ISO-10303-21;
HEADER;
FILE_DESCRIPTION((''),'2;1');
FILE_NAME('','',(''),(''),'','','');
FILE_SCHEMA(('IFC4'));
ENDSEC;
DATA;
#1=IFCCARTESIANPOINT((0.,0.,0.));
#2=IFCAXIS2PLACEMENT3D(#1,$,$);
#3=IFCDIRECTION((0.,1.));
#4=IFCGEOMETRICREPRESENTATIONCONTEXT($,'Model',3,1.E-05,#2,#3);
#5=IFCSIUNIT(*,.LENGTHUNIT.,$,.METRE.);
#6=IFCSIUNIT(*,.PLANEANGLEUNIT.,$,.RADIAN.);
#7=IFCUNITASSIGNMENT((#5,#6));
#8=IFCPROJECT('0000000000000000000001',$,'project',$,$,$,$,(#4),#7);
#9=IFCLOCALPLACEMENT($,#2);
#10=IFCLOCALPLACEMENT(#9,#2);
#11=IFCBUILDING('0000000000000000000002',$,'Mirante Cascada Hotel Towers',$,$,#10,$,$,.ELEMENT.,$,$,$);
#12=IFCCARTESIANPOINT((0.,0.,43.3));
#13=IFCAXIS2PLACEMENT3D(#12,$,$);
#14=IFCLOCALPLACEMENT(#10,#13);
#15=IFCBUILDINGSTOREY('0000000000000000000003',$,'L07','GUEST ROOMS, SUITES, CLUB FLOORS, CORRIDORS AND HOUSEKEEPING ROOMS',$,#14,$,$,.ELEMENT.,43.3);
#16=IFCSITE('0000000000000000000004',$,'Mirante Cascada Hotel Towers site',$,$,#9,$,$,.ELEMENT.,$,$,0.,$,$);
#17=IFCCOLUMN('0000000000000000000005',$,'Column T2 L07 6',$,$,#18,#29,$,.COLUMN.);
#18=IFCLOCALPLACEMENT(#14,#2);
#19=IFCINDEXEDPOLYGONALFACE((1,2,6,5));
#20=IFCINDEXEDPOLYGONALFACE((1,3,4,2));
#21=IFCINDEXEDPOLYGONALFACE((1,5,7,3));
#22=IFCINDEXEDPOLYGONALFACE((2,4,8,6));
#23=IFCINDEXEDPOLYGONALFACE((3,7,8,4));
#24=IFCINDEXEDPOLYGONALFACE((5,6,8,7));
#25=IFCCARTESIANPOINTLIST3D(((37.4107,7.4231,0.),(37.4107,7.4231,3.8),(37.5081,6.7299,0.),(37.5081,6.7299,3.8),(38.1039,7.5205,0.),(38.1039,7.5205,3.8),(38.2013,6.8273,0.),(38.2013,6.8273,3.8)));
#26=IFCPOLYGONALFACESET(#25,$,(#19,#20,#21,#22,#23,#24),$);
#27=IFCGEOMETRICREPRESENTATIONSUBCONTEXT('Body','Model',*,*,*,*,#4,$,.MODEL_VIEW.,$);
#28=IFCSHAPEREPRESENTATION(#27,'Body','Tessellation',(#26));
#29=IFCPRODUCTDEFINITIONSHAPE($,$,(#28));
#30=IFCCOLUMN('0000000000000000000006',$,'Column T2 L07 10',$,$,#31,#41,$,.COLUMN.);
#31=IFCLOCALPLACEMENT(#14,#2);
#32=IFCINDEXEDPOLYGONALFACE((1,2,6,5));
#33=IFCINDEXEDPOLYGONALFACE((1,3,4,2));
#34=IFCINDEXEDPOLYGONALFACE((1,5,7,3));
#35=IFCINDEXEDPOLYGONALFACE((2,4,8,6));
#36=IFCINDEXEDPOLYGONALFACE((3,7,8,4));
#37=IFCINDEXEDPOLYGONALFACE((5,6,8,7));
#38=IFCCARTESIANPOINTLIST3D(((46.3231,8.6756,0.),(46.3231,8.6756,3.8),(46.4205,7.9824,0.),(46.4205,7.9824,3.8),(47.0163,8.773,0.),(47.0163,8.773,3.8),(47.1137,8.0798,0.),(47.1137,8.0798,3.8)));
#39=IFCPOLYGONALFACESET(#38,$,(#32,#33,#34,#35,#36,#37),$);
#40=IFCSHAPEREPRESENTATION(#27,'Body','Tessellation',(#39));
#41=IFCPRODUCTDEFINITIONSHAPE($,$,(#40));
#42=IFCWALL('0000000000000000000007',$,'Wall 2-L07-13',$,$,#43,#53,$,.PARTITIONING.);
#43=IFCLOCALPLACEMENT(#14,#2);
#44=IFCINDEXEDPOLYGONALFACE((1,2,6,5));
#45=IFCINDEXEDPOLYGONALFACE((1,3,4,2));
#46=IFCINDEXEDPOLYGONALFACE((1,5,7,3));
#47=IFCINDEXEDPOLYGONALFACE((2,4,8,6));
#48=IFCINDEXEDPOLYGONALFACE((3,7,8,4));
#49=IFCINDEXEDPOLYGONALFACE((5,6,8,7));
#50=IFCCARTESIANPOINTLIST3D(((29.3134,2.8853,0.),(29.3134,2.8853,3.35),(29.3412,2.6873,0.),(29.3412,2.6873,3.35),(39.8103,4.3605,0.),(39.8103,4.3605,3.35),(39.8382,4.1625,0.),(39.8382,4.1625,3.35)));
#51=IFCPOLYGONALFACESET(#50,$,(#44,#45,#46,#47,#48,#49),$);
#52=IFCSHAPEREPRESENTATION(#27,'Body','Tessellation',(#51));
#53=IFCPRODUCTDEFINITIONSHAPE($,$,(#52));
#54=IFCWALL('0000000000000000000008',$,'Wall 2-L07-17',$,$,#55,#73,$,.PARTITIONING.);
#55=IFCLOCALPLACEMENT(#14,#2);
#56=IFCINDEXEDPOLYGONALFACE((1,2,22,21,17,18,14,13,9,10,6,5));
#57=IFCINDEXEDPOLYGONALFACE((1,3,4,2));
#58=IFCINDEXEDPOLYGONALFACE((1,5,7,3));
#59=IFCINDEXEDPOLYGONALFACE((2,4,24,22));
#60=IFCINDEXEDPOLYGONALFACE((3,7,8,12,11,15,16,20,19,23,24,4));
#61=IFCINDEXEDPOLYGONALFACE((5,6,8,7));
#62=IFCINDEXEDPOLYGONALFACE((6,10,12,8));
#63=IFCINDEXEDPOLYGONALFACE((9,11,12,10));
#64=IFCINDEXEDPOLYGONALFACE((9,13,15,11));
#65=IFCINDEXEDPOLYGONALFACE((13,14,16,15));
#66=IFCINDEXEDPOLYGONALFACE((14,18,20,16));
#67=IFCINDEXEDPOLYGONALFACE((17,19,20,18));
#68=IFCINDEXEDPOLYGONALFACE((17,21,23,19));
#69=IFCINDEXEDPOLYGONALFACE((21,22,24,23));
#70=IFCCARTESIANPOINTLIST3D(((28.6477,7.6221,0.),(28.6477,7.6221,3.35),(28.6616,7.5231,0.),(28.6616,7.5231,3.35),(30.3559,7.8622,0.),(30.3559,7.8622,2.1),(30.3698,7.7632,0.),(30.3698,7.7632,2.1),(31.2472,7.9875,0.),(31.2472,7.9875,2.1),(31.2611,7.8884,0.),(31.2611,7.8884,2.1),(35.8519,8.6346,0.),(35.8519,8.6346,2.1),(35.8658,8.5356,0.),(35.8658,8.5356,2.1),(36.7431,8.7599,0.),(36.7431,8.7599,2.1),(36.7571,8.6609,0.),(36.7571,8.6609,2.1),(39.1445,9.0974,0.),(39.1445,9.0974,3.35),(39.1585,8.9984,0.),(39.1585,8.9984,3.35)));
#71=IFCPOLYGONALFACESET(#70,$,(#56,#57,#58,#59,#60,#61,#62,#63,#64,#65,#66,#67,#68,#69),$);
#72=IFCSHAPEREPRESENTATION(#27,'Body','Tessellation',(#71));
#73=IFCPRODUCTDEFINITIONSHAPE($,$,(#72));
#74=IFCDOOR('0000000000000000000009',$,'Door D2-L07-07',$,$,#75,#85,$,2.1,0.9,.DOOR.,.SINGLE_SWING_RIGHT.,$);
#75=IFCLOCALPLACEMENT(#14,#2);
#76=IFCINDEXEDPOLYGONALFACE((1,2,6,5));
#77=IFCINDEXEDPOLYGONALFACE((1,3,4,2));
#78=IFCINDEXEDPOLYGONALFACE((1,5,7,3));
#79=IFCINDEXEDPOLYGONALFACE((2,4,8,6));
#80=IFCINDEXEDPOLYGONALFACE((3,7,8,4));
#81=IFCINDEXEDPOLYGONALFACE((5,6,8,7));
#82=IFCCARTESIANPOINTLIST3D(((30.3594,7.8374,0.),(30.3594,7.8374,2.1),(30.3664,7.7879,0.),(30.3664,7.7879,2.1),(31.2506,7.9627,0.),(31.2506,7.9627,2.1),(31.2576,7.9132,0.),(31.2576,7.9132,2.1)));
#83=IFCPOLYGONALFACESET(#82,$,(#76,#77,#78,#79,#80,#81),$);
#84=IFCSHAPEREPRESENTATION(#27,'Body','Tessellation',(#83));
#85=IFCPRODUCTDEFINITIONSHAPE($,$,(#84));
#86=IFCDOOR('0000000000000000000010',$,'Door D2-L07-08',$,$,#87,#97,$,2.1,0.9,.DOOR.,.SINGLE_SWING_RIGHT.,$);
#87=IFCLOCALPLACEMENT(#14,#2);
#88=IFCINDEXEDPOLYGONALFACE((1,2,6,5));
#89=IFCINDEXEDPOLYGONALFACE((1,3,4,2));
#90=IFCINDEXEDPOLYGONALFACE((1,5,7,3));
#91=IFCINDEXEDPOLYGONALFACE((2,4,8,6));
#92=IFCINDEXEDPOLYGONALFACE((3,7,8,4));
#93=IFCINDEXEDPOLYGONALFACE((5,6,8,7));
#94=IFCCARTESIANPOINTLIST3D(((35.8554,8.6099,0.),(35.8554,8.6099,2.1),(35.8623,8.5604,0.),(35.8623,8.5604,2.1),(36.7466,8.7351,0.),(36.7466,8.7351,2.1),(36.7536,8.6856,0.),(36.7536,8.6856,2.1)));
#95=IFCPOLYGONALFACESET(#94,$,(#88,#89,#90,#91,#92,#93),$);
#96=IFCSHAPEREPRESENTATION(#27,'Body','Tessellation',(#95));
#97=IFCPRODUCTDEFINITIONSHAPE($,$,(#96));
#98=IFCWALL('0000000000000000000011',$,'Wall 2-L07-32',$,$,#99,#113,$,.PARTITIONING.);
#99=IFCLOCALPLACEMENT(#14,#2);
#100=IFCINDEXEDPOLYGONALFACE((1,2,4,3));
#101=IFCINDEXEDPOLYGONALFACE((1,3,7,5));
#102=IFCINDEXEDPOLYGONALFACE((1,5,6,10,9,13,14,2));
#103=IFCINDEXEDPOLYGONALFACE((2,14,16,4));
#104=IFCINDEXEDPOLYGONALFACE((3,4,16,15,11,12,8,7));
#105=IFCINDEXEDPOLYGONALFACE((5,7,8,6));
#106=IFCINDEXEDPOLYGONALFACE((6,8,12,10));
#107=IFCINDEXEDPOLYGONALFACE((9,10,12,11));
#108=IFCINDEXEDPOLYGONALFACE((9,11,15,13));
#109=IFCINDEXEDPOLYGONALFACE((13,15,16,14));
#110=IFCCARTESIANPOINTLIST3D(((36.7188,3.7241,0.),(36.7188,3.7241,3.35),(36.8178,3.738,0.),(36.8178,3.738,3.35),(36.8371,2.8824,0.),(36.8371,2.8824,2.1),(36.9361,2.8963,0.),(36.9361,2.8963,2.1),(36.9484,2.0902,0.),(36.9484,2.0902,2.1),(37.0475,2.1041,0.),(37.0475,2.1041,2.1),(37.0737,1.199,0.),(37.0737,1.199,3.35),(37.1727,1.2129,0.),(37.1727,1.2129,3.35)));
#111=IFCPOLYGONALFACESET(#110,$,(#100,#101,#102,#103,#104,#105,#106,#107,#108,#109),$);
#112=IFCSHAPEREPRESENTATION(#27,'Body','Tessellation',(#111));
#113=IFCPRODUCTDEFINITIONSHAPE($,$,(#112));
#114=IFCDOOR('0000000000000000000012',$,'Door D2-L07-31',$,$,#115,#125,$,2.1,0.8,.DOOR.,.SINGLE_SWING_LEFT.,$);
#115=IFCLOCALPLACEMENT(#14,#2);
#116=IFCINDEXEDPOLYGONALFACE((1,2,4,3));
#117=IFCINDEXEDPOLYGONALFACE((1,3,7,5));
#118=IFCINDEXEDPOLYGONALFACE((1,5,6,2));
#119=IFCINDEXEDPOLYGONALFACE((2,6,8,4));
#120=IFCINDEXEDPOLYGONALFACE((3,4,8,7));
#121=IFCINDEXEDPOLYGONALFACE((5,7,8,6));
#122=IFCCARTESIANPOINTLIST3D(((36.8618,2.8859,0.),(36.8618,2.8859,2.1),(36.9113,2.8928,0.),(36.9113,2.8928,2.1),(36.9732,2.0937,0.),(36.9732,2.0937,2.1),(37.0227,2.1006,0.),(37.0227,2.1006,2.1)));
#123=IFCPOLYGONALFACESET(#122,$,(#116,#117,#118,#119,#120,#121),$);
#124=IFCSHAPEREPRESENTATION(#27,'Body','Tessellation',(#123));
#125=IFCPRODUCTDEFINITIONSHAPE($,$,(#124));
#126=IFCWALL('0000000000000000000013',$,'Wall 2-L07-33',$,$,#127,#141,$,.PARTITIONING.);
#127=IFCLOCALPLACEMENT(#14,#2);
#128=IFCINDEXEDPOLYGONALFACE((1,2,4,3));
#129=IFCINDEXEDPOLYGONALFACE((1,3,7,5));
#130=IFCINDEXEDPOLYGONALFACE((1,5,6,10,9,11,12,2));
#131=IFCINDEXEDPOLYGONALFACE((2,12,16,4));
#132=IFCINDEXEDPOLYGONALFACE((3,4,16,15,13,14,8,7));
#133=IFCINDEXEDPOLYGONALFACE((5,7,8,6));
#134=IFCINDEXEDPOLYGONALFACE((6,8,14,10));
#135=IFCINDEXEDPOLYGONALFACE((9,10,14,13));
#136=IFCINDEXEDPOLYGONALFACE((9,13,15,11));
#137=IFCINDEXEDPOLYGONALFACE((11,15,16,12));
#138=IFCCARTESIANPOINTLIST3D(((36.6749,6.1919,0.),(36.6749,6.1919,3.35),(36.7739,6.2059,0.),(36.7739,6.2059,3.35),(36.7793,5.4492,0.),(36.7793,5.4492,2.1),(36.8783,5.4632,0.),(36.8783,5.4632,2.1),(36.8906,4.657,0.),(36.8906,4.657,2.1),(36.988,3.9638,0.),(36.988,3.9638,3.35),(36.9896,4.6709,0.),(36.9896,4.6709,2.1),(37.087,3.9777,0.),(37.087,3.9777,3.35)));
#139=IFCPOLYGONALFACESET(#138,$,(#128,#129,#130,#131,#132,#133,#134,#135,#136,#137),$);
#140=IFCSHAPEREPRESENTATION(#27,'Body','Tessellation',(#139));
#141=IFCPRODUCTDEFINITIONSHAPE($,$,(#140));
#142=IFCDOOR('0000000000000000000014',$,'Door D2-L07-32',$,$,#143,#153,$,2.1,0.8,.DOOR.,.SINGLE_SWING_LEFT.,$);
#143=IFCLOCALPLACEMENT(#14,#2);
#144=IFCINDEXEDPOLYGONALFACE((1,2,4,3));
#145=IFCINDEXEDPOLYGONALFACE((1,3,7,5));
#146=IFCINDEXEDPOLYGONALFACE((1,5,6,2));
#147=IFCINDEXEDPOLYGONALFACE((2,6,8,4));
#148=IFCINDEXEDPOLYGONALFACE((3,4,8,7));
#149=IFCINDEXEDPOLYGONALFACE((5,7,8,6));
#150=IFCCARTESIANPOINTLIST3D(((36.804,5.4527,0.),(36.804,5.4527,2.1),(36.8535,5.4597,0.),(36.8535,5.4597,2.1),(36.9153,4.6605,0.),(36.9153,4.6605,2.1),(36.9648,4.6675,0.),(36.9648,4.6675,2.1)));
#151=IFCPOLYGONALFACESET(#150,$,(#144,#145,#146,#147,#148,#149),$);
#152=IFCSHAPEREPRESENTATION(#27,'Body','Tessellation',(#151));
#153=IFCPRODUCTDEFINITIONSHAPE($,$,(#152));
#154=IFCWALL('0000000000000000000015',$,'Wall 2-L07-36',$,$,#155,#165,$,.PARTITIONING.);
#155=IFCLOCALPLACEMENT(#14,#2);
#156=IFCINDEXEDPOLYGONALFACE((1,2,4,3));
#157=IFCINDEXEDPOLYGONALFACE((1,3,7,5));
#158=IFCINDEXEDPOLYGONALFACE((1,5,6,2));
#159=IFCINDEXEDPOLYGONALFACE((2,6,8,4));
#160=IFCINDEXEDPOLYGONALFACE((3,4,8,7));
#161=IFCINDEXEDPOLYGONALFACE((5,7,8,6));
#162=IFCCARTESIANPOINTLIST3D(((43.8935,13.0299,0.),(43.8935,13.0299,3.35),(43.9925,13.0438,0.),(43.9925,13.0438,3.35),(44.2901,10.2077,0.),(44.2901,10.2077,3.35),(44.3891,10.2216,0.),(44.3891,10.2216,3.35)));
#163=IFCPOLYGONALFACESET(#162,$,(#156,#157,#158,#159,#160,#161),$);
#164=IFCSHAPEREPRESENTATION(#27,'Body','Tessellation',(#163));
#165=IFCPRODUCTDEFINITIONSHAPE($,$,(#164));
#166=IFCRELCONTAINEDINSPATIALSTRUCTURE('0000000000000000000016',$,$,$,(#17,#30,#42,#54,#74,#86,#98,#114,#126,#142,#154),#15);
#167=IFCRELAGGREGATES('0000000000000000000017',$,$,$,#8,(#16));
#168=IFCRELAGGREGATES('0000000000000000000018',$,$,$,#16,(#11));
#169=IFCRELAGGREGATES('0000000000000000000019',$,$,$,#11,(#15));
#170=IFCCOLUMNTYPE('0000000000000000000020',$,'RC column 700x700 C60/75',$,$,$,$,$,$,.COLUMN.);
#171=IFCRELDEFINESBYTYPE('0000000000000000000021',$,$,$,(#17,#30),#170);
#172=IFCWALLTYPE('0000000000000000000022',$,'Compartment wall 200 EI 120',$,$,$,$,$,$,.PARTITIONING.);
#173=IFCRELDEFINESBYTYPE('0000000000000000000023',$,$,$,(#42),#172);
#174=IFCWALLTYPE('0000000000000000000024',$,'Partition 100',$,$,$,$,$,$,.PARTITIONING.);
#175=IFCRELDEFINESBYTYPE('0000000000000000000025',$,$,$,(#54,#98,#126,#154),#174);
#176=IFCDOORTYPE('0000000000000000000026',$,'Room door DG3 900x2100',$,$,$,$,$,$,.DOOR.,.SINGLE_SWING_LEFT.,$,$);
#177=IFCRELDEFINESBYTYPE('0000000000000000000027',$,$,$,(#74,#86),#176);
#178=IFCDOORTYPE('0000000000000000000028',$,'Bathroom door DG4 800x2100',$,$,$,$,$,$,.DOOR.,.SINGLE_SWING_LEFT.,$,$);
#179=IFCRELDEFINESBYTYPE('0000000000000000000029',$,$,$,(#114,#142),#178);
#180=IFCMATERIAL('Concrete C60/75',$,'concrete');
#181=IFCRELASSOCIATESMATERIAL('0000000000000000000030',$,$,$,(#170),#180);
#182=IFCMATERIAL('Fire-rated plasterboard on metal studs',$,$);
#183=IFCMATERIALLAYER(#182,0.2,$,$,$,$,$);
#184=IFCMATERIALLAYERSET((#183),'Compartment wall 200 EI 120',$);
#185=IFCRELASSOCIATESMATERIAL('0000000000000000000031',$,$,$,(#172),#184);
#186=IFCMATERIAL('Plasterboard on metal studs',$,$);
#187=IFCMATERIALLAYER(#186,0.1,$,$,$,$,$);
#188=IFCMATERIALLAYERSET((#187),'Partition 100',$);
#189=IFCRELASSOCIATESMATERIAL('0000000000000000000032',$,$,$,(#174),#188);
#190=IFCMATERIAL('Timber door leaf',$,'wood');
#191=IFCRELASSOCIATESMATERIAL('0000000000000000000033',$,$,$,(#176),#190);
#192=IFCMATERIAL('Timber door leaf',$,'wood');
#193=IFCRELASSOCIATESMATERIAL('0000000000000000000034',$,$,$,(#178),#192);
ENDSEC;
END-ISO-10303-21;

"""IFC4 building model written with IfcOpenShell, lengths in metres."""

from ifc_helpers import new_model, si_unit, direction, frame, frame_2d, origin, origin_2d, place, context, subcontext, project, spatial, rectangle, extrude, material, layer, layer_set, material_profile, profile_set, type_object, element, fill, save


model = new_model("IFC4")

# Units and contexts
model_context = context("Model", 3, precision=1e-05, world=origin(), true_north=direction((0.0, 1.0)))
body_context = subcontext(model_context, "Body", "Model", "MODEL_VIEW")
ifc_project = project(units=[si_unit("LENGTHUNIT", "METRE"), si_unit("PLANEANGLEUNIT", "RADIAN")], contexts=[model_context])

# Site, building, storey
site_placement = place(None, origin())
site = spatial("IfcSite", under=ifc_project, at=site_placement, Name="Mirante Cascada Hotel Towers site", CompositionType="ELEMENT", RefElevation=0.0)
building_placement = place(site_placement, origin())
building = spatial("IfcBuilding", under=site, at=building_placement, Name="Mirante Cascada Hotel Towers", CompositionType="ELEMENT")
storey_placement = place(building_placement, frame((0.0, 0.0, 43.3)))
storey = spatial("IfcBuildingStorey", under=building, at=storey_placement, Name="L07", Description="GUEST ROOMS, SUITES, CLUB FLOORS, CORRIDORS AND HOUSEKEEPING ROOMS", CompositionType="ELEMENT", Elevation=43.3)

# Columns
ifc_material_1 = material(Name="Concrete C60/75", Category="concrete")
ifc_material_profile = material_profile(ifc_material_1, rectangle(XDim=0.7, YDim=0.7, at=origin_2d()), Name="RC column 700x700 C60/75")
ifc_profile_set = profile_set([ifc_material_profile], Name="Concrete C60/75")
column_type = type_object("IfcColumnType", Name="RC column 700x700 C60/75", PredefinedType="COLUMN", material=ifc_profile_set)
for number, where, z_axis, x_axis, name in (
    (1, (37.806, 7.1252, 0.0), (0.0, 0.0, 1.0), (0.990268, 0.139173, 0.0), "Column T2 L07 6"),
    (2, (46.7184, 8.3777, 0.0), (0.0, 0.0, 1.0), (0.990268, 0.139173, 0.0), "Column T2 L07 10"),
):
    element("IfcColumn", number, at=place(storey_placement, frame(where, z_axis=z_axis, x_axis=x_axis)), inside=storey, type_object=column_type, Name=name, PredefinedType="COLUMN", context=body_context, shape_type="SweptSolid", body=[
        extrude(rectangle(XDim=0.7, YDim=0.7, at=origin_2d()), origin(), (0.0, 0.0, 1.0), 3.8),
    ])

# Wall
ifc_material_2 = material(Name="Fire-rated plasterboard on metal studs")
ifc_layer_1 = layer(ifc_material_2, 0.2)
ifc_layer_set_1 = layer_set([ifc_layer_1], Name="Compartment wall 200 EI 120")
wall_type_1 = type_object("IfcWallType", Name="Compartment wall 200 EI 120", PredefinedType="PARTITIONING", material=ifc_layer_set_1)
wall_1_placement = place(storey_placement, frame((39.8242, 4.2615, 0.0), z_axis=(0.0, 0.0, 1.0), x_axis=(-0.990269, -0.139169, 0.0)))
element("IfcWall", 3, at=wall_1_placement, inside=storey, type_object=wall_type_1, Name="Wall 2-L07-13", PredefinedType="PARTITIONING", context=body_context, shape_type="SweptSolid", body=[
    extrude(rectangle(XDim=10.6001, YDim=0.2, at=frame_2d((5.3, 0.0))), origin(), (0.0, 0.0, 1.0), 3.35),
])

# Wall, openings, doors
ifc_material_3 = material(Name="Plasterboard on metal studs")
ifc_layer_2 = layer(ifc_material_3, 0.1)
ifc_layer_set_2 = layer_set([ifc_layer_2], Name="Partition 100")
wall_type_2 = type_object("IfcWallType", Name="Partition 100", PredefinedType="PARTITIONING", material=ifc_layer_set_2)
wall_2_placement = place(storey_placement, frame((39.1515, 9.0479, 0.0), z_axis=(0.0, 0.0, 1.0), x_axis=(-0.990267, -0.13918, 0.0)))
wall_2 = element("IfcWall", 4, at=wall_2_placement, inside=storey, type_object=wall_type_2, Name="Wall 2-L07-17", PredefinedType="PARTITIONING", context=body_context, shape_type="SweptSolid", body=[
    extrude(rectangle(XDim=10.6, YDim=0.1, at=frame_2d((5.3, 0.0))), origin(), (0.0, 0.0, 1.0), 3.35),
])
opening_1_placement = place(wall_2_placement, frame((7.975, 0.0, 0.0)))
opening_1 = element("IfcOpeningElement", 5, at=opening_1_placement, cuts=wall_2, PredefinedType="OPENING", context=body_context, shape_type="SweptSolid", body=[
    extrude(rectangle(XDim=0.9, YDim=2.1, at=frame_2d((0.45, 1.05))), frame((0.0, 0.05, 0.0), z_axis=(0.0, -1.0, 0.0), x_axis=(1.0, 0.0, 0.0)), (0.0, 0.0, 1.0), 0.1),
])
opening_2_placement = place(wall_2_placement, frame((2.425, 0.0, 0.0)))
opening_2 = element("IfcOpeningElement", 6, at=opening_2_placement, cuts=wall_2, PredefinedType="OPENING", context=body_context, shape_type="SweptSolid", body=[
    extrude(rectangle(XDim=0.9, YDim=2.1, at=frame_2d((0.45, 1.05))), frame((0.0, 0.05, 0.0), z_axis=(0.0, -1.0, 0.0), x_axis=(1.0, 0.0, 0.0)), (0.0, 0.0, 1.0), 0.1),
])
ifc_material_4 = material(Name="Timber door leaf", Category="wood")
door_type_1 = type_object("IfcDoorType", Name="Room door DG3 900x2100", OperationType="SINGLE_SWING_LEFT", PredefinedType="DOOR", material=ifc_material_4)
door_1_placement = place(opening_1_placement, frame((0.9, 0.0, 0.0), z_axis=(0.0, 0.0, 1.0), x_axis=(-1.0, 0.0, 0.0)))
door_1 = element("IfcDoor", 7, at=door_1_placement, inside=storey, type_object=door_type_1, Name="Door D2-L07-07", OperationType="SINGLE_SWING_RIGHT", OverallHeight=2.1, OverallWidth=0.9, PredefinedType="DOOR", context=body_context, shape_type="SweptSolid", body=[
    extrude(rectangle(XDim=0.9, YDim=2.1, at=frame_2d((0.45, 1.05))), frame((0.0, 0.025, 0.0), z_axis=(0.0, -1.0, 0.0), x_axis=(1.0, 0.0, 0.0)), (0.0, 0.0, 1.0), 0.05),
])
fill(opening_1, door_1)
door_2_placement = place(opening_2_placement, frame((0.9, 0.0, 0.0), z_axis=(0.0, 0.0, 1.0), x_axis=(-1.0, 0.0, 0.0)))
door_2 = element("IfcDoor", 8, at=door_2_placement, inside=storey, type_object=door_type_1, Name="Door D2-L07-08", OperationType="SINGLE_SWING_RIGHT", OverallHeight=2.1, OverallWidth=0.9, PredefinedType="DOOR", context=body_context, shape_type="SweptSolid", body=[
    extrude(rectangle(XDim=0.9, YDim=2.1, at=frame_2d((0.45, 1.05))), frame((0.0, 0.025, 0.0), z_axis=(0.0, -1.0, 0.0), x_axis=(1.0, 0.0, 0.0)), (0.0, 0.0, 1.0), 0.05),
])
fill(opening_2, door_2)

# Walls, openings, doors
wall_3_placement = place(storey_placement, frame((37.1232, 1.2059, 0.0), z_axis=(0.0, 0.0, 1.0), x_axis=(-0.139181, 0.990267, 0.0)))
wall_3 = element("IfcWall", 9, at=wall_3_placement, inside=storey, type_object=wall_type_2, Name="Wall 2-L07-32", PredefinedType="PARTITIONING", context=body_context, shape_type="SweptSolid", body=[
    extrude(rectangle(XDim=2.5499, YDim=0.1, at=frame_2d((1.275, 0.0))), origin(), (0.0, 0.0, 1.0), 3.35),
])
opening_3_placement = place(wall_3_placement, frame((0.9, 0.0, 0.0)))
opening_3 = element("IfcOpeningElement", 10, at=opening_3_placement, cuts=wall_3, PredefinedType="OPENING", context=body_context, shape_type="SweptSolid", body=[
    extrude(rectangle(XDim=0.8, YDim=2.1, at=frame_2d((0.4, 1.05))), frame((0.0, 0.05, 0.0), z_axis=(0.0, -1.0, 0.0), x_axis=(1.0, 0.0, 0.0)), (0.0, 0.0, 1.0), 0.1),
])
ifc_material_5 = material(Name="Timber door leaf", Category="wood")
door_type_2 = type_object("IfcDoorType", Name="Bathroom door DG4 800x2100", OperationType="SINGLE_SWING_LEFT", PredefinedType="DOOR", material=ifc_material_5)
door_3_placement = place(opening_3_placement, origin())
door_3 = element("IfcDoor", 11, at=door_3_placement, inside=storey, type_object=door_type_2, Name="Door D2-L07-31", OperationType="SINGLE_SWING_LEFT", OverallHeight=2.1, OverallWidth=0.8, PredefinedType="DOOR", context=body_context, shape_type="SweptSolid", body=[
    extrude(rectangle(XDim=0.8, YDim=2.1, at=frame_2d((0.4, 1.05))), frame((0.0, 0.025, 0.0), z_axis=(0.0, -1.0, 0.0), x_axis=(1.0, 0.0, 0.0)), (0.0, 0.0, 1.0), 0.05),
])
fill(opening_3, door_3)
wall_4_placement = place(storey_placement, frame((36.7244, 6.1989, 0.0), z_axis=(0.0, 0.0, 1.0), x_axis=(0.139156, -0.990271, 0.0)))
wall_4 = element("IfcWall", 12, at=wall_4_placement, inside=storey, type_object=wall_type_2, Name="Wall 2-L07-33", PredefinedType="PARTITIONING", context=body_context, shape_type="SweptSolid", body=[
    extrude(rectangle(XDim=2.25, YDim=0.1, at=frame_2d((1.125, 0.0))), origin(), (0.0, 0.0, 1.0), 3.35),
])
opening_4_placement = place(wall_4_placement, frame((0.75, 0.0, 0.0)))
opening_4 = element("IfcOpeningElement", 13, at=opening_4_placement, cuts=wall_4, PredefinedType="OPENING", context=body_context, shape_type="SweptSolid", body=[
    extrude(rectangle(XDim=0.8, YDim=2.1, at=frame_2d((0.4, 1.05))), frame((0.0, 0.05, 0.0), z_axis=(0.0, -1.0, 0.0), x_axis=(1.0, 0.0, 0.0)), (0.0, 0.0, 1.0), 0.1),
])
door_4_placement = place(opening_4_placement, origin())
door_4 = element("IfcDoor", 14, at=door_4_placement, inside=storey, type_object=door_type_2, Name="Door D2-L07-32", OperationType="SINGLE_SWING_LEFT", OverallHeight=2.1, OverallWidth=0.8, PredefinedType="DOOR", context=body_context, shape_type="SweptSolid", body=[
    extrude(rectangle(XDim=0.8, YDim=2.1, at=frame_2d((0.4, 1.05))), frame((0.0, 0.025, 0.0), z_axis=(0.0, -1.0, 0.0), x_axis=(1.0, 0.0, 0.0)), (0.0, 0.0, 1.0), 0.05),
])
fill(opening_4, door_4)

# Wall
wall_5_placement = place(storey_placement, frame((44.3396, 10.2146, 0.0), z_axis=(0.0, 0.0, 1.0), x_axis=(-0.139161, 0.99027, 0.0)))
element("IfcWall", 15, at=wall_5_placement, inside=storey, type_object=wall_type_2, Name="Wall 2-L07-36", PredefinedType="PARTITIONING", context=body_context, shape_type="SweptSolid", body=[
    extrude(rectangle(XDim=2.8499, YDim=0.1, at=frame_2d((1.425, 0.0))), origin(), (0.0, 0.0, 1.0), 3.35),
])

save(model, "model.ifc")
